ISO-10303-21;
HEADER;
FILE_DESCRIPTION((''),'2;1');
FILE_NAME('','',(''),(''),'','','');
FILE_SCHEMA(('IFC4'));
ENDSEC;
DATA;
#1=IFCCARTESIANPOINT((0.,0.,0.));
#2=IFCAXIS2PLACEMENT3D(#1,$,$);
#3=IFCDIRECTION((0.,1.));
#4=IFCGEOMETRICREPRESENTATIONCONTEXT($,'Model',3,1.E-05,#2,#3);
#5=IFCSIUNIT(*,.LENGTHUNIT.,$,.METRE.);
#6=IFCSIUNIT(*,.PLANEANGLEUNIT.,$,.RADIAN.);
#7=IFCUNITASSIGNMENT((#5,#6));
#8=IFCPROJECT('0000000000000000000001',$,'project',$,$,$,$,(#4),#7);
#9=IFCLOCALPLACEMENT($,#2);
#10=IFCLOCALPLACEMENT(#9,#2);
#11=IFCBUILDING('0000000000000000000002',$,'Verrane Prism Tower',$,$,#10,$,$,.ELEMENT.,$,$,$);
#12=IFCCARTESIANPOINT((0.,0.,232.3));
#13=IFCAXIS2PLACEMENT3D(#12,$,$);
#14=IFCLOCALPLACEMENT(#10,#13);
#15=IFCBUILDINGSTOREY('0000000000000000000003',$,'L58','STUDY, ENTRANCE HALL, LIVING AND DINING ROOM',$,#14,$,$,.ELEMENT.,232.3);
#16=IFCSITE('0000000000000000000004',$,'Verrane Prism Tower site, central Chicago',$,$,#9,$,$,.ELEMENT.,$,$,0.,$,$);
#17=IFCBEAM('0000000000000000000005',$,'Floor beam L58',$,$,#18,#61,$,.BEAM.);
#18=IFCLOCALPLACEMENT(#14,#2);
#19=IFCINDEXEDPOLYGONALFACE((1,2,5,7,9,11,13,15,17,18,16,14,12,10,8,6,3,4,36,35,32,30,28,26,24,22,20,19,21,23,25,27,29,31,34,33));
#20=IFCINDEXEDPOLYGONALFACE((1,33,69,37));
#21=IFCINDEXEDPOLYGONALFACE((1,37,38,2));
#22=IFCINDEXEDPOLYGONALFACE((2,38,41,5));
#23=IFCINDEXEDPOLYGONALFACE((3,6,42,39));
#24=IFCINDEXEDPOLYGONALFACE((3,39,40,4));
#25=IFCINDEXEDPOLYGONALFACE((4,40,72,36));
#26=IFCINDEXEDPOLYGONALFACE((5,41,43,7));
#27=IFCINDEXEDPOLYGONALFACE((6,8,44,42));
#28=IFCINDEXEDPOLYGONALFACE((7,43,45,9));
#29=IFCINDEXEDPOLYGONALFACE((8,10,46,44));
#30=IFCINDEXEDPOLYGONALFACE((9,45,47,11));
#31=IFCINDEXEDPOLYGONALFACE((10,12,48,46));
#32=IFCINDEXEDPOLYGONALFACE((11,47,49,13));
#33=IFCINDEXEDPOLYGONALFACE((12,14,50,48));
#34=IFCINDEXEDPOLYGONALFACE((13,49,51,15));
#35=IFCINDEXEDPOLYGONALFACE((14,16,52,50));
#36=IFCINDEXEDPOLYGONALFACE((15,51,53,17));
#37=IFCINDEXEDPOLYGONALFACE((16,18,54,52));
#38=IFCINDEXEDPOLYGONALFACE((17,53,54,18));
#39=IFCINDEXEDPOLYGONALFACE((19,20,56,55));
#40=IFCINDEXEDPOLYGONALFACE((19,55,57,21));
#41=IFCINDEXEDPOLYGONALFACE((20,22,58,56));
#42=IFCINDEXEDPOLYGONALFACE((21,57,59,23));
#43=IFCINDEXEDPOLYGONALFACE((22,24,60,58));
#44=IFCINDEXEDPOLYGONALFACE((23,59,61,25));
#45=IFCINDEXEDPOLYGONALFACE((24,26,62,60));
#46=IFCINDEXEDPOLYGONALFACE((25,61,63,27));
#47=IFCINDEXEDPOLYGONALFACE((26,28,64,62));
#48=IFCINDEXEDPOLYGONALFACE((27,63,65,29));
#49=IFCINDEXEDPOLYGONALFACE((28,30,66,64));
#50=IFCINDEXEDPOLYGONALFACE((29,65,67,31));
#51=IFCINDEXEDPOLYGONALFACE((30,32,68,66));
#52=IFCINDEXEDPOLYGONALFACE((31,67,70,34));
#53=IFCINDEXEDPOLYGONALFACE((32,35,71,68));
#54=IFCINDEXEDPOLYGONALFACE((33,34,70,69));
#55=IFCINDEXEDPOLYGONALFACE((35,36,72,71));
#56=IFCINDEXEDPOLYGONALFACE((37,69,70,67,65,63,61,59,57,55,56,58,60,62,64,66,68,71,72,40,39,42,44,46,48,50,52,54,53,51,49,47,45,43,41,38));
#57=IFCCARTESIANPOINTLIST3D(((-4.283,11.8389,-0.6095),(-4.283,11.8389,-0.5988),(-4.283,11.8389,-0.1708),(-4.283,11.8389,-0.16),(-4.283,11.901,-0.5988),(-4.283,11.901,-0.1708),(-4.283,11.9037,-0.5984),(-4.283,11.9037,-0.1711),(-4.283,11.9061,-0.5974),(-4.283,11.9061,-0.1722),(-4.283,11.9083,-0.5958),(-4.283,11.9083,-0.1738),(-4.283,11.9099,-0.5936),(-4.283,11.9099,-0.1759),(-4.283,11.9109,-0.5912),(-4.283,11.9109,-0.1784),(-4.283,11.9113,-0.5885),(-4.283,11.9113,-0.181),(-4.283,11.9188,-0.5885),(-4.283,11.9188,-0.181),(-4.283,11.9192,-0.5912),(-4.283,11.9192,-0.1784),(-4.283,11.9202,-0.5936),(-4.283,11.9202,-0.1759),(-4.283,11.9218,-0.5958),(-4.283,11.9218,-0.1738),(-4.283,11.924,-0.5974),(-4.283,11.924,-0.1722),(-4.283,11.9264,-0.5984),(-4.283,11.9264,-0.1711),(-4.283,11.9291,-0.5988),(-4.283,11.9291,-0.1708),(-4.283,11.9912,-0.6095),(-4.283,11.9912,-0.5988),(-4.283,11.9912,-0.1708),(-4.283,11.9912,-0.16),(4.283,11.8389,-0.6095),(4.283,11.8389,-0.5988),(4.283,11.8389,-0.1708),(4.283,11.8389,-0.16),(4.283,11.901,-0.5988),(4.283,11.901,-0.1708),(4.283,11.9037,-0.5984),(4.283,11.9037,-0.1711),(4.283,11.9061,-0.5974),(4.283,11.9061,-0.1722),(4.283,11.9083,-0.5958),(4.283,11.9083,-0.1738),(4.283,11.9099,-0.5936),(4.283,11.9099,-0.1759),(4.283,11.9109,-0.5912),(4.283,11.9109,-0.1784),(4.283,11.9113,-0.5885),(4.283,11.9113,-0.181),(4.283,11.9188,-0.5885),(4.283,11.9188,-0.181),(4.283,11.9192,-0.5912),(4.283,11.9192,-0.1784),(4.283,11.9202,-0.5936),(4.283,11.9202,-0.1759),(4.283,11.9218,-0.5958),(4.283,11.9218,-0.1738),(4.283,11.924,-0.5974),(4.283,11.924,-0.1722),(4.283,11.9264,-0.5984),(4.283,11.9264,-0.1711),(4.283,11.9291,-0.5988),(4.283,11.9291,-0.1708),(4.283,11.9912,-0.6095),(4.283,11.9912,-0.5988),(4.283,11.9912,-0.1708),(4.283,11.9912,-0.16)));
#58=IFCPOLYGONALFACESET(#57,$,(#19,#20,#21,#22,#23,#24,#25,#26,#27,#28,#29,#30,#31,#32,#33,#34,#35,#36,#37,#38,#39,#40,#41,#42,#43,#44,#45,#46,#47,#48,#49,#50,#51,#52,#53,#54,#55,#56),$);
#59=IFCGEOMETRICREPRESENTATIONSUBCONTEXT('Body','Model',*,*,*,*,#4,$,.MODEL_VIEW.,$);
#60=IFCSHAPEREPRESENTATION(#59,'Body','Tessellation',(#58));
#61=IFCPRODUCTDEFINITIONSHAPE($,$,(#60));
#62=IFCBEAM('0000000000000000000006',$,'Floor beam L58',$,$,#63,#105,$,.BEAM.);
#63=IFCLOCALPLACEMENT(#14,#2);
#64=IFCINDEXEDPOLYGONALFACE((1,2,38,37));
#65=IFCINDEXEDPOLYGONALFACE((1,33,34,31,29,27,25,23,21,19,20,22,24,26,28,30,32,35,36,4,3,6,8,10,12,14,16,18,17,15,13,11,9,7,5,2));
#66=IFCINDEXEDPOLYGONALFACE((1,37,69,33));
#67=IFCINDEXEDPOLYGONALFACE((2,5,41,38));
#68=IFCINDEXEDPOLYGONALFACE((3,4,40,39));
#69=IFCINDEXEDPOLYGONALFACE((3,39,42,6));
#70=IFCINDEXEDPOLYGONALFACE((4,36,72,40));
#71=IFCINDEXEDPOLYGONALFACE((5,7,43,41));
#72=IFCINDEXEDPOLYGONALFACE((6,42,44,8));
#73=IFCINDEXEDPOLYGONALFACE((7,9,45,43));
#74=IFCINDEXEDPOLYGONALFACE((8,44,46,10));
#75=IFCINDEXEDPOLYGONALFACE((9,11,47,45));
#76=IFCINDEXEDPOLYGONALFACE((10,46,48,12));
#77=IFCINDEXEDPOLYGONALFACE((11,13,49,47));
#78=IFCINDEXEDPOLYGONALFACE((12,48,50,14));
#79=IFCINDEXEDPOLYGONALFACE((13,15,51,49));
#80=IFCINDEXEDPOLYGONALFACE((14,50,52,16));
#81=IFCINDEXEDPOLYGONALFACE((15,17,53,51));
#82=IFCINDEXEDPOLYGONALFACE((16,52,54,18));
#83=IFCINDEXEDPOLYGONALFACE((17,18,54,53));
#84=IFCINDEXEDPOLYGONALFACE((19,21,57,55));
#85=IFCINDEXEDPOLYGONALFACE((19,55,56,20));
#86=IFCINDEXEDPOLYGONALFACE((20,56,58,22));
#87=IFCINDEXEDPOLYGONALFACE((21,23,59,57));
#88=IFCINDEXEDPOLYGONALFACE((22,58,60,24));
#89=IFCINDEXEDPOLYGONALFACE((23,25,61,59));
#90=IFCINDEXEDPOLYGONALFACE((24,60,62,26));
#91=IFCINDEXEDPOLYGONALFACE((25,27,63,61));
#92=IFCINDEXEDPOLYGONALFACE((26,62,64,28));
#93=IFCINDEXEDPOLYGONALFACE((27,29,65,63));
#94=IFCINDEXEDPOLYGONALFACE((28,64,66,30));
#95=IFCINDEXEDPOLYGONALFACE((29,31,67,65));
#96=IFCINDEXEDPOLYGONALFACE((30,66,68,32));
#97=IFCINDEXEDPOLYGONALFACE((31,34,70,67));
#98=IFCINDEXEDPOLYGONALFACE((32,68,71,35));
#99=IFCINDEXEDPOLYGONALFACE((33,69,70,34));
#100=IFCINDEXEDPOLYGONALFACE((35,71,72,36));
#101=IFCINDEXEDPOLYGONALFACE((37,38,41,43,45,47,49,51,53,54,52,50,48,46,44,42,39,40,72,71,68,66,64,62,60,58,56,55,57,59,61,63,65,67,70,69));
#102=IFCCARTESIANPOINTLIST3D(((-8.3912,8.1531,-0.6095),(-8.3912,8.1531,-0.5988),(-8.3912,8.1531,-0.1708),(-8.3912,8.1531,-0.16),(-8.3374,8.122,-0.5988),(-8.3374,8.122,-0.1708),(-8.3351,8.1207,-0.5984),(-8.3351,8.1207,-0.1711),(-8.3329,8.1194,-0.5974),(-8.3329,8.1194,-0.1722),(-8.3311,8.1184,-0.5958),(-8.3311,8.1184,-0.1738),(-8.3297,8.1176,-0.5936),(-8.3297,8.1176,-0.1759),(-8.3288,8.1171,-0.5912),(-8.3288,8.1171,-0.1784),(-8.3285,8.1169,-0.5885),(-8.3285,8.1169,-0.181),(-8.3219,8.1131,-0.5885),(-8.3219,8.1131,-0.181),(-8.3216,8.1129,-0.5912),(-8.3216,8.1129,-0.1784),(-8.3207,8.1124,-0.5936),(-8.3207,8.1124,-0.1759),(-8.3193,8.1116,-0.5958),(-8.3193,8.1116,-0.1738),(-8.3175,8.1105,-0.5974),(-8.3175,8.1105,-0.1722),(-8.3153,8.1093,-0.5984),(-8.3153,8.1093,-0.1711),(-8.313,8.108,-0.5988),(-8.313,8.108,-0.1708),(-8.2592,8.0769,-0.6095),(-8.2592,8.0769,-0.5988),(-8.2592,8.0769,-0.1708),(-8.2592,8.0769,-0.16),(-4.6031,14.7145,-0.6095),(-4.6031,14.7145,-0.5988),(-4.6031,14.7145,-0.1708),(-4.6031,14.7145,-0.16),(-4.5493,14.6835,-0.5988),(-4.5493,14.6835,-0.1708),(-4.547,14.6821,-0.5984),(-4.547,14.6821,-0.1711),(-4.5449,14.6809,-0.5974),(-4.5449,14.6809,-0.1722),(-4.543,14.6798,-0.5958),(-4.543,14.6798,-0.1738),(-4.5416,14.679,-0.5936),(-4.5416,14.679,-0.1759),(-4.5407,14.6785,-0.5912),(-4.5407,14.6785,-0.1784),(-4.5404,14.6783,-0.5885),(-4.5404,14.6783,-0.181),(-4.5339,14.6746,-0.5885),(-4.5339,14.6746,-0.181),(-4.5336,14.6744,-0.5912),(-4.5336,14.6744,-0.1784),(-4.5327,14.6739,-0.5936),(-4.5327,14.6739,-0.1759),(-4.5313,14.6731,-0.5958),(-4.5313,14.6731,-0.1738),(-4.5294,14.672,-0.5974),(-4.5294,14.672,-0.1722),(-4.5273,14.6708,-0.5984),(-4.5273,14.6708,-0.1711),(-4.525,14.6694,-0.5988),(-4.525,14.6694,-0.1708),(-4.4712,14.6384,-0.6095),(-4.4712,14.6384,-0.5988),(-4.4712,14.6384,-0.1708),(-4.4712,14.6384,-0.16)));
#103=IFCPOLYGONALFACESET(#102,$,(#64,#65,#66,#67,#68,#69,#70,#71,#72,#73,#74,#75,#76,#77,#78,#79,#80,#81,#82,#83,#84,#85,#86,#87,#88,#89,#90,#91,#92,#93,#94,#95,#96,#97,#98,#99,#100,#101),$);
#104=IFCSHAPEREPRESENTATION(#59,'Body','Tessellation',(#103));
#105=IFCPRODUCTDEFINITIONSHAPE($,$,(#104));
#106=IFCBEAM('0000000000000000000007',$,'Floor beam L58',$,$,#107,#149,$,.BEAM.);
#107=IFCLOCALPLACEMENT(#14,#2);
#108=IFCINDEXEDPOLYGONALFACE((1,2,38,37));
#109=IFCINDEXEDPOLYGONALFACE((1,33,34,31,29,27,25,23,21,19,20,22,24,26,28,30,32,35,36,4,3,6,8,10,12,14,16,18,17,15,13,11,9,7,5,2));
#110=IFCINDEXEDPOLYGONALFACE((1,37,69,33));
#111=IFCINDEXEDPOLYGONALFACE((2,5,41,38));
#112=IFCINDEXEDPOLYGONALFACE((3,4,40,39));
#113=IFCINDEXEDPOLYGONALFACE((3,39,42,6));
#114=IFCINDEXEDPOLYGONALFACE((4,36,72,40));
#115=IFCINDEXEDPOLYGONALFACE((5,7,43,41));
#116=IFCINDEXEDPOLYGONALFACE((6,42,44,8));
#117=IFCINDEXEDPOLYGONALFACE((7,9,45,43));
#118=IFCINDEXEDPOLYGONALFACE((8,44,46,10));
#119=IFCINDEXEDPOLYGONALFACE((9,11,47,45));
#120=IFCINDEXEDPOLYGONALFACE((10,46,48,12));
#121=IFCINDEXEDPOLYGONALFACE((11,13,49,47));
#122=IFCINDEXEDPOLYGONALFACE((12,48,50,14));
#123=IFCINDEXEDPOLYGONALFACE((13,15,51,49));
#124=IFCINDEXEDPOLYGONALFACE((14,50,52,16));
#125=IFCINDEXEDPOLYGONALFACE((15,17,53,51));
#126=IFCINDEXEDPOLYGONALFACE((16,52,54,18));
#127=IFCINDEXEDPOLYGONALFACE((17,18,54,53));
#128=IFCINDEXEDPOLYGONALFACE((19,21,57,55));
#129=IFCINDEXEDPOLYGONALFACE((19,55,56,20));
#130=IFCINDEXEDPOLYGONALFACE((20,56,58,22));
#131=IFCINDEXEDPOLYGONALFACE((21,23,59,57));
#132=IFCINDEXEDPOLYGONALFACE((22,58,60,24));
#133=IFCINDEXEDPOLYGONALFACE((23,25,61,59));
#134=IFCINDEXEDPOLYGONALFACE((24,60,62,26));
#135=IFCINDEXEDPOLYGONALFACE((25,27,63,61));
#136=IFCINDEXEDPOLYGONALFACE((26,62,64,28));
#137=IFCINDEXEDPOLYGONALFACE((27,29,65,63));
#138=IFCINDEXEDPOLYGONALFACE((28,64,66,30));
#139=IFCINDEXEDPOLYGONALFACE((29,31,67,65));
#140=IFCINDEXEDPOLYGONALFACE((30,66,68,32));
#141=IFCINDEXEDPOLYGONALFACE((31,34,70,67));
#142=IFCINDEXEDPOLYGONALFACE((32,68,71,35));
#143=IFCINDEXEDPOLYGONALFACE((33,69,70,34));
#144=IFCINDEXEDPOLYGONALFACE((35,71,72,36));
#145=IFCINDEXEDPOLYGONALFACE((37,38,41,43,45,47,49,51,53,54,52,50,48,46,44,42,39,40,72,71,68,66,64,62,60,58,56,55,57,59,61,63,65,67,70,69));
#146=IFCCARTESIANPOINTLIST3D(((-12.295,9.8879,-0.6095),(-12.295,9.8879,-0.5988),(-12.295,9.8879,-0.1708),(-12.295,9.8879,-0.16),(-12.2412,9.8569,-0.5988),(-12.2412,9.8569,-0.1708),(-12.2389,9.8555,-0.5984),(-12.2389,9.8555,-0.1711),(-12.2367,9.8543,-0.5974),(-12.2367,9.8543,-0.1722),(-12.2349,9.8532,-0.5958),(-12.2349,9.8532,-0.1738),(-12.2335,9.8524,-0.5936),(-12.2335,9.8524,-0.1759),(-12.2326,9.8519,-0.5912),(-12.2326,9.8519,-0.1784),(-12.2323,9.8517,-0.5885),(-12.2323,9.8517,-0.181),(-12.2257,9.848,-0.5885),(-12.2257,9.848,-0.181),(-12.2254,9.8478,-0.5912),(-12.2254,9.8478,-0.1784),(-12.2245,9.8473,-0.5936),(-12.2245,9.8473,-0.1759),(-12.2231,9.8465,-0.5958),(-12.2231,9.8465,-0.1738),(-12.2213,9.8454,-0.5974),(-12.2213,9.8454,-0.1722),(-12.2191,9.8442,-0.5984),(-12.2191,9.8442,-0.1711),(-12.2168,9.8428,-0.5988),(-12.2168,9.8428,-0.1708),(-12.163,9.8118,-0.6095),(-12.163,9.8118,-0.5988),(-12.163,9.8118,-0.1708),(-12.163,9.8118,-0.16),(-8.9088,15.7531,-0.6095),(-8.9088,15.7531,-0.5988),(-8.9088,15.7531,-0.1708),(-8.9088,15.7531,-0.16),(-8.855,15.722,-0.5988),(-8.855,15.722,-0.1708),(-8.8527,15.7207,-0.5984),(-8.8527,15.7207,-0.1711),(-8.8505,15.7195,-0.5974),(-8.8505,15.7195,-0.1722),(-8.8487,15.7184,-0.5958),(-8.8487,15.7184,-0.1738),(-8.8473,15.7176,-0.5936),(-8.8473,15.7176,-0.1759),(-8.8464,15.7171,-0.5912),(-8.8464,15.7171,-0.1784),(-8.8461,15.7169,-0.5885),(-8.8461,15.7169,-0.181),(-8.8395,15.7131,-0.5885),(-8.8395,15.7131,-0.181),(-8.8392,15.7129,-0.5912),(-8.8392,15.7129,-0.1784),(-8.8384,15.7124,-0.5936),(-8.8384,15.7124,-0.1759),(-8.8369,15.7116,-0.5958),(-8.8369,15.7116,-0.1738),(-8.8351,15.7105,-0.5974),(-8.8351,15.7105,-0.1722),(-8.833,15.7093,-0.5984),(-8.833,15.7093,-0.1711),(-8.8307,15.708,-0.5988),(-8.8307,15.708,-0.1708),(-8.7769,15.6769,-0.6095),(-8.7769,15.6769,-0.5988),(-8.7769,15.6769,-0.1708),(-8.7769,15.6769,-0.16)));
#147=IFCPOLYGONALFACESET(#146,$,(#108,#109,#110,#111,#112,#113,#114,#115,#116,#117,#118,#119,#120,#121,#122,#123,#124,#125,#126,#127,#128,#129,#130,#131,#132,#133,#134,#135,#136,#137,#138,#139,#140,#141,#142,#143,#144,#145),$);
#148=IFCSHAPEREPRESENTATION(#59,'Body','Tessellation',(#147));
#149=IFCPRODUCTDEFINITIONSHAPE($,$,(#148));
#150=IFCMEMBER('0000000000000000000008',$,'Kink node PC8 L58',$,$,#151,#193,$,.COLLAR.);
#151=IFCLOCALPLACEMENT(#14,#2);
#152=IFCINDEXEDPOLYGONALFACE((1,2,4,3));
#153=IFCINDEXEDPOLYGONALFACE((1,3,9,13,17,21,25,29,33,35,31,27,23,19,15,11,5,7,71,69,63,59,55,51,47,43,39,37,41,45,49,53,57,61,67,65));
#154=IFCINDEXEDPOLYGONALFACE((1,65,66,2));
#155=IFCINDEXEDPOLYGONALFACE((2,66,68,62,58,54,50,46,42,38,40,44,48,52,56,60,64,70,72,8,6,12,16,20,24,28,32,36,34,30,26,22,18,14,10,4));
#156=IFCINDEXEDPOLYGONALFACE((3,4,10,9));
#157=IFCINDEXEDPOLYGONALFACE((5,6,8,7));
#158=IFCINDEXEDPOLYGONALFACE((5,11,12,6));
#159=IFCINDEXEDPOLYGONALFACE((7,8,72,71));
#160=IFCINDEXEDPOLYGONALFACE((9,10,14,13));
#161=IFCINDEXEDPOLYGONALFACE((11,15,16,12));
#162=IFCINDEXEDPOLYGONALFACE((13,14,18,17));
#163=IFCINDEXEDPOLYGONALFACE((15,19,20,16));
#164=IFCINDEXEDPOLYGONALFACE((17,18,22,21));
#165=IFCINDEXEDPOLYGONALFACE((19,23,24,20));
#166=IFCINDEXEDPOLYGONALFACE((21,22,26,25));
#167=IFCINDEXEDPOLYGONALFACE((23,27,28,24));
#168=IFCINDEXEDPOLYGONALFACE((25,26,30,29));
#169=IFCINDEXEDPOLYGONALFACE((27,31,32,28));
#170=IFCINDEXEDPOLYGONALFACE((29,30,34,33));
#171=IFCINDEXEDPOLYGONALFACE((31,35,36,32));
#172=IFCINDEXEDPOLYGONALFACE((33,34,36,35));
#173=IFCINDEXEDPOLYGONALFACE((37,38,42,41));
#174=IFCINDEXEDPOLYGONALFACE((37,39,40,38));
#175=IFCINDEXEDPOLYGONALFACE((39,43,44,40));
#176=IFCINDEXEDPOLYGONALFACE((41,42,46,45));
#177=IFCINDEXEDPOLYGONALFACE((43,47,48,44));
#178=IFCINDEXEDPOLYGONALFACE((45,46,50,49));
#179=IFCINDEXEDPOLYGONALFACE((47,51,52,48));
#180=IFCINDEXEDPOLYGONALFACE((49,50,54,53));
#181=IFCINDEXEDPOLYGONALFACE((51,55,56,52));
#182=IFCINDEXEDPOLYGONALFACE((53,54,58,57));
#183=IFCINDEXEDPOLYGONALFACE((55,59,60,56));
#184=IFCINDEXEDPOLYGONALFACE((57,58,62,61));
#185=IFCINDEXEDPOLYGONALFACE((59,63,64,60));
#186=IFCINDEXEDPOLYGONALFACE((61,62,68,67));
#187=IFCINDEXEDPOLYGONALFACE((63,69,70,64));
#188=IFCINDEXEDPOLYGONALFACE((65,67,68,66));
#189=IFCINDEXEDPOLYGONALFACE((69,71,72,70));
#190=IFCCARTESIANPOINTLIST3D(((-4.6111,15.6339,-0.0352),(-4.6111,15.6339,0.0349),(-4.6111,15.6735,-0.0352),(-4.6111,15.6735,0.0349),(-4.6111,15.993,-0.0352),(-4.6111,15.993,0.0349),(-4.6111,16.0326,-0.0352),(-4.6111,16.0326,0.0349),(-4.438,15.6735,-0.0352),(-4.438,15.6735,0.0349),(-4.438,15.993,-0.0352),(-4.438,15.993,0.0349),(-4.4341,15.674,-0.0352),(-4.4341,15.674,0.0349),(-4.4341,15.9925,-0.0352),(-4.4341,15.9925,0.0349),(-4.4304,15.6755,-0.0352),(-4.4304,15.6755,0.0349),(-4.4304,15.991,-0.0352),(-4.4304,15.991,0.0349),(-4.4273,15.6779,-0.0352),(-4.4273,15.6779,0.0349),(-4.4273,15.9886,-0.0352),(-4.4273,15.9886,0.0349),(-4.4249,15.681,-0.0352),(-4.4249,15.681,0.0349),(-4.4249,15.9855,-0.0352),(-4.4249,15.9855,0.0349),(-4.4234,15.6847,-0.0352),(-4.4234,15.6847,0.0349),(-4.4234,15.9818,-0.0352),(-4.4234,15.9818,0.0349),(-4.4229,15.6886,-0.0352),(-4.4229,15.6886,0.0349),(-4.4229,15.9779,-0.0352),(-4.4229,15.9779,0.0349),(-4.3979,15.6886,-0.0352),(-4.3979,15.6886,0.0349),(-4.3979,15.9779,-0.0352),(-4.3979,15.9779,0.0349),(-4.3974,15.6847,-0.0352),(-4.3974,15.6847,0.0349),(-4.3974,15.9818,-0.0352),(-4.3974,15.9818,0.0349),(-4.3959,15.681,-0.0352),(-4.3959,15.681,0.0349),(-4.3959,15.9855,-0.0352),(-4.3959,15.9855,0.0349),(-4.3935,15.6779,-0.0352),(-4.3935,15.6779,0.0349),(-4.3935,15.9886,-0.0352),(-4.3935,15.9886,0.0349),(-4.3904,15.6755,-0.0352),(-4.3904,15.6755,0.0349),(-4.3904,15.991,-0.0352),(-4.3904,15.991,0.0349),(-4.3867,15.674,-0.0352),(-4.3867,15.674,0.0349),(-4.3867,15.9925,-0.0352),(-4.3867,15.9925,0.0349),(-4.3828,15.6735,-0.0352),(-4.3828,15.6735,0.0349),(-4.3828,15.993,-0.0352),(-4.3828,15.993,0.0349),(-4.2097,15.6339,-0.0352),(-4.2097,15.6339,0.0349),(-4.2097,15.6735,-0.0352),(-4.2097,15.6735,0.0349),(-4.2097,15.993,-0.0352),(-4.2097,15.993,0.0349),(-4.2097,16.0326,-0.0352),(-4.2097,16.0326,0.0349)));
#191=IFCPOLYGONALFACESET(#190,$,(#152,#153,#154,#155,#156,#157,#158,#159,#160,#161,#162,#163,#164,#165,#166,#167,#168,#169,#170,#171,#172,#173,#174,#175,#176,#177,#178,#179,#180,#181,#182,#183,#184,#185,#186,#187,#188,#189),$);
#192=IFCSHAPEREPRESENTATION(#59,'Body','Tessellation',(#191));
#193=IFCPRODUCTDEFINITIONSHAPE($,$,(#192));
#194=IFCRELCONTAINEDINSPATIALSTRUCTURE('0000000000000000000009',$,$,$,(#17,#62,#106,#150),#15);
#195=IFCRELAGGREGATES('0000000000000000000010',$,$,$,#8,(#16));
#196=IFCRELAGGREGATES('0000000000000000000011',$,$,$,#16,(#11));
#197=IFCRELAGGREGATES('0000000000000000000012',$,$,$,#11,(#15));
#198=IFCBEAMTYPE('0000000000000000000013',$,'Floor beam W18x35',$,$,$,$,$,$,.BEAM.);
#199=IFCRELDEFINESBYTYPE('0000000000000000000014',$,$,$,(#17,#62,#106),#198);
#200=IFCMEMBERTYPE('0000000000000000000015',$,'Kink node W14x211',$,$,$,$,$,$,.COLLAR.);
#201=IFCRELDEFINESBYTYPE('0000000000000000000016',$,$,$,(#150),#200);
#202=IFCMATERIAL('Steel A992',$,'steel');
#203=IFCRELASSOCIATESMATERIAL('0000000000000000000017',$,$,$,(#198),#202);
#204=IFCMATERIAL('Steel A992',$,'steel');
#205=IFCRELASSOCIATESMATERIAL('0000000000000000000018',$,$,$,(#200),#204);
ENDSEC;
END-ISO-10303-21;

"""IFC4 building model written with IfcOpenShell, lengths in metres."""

from ifc_helpers import new_model, si_unit, direction, frame, origin, origin_2d, place, context, subcontext, project, spatial, i_section, extrude, material, material_profile, profile_set, type_object, element, save


model = new_model("IFC4")

# Units and contexts
model_context = context("Model", 3, precision=1e-05, world=origin(), true_north=direction((0.0, 1.0)))
body_context = subcontext(model_context, "Body", "Model", "MODEL_VIEW")
ifc_project = project(units=[si_unit("LENGTHUNIT", "METRE"), si_unit("PLANEANGLEUNIT", "RADIAN")], contexts=[model_context])

# Site, building, storey
site_placement = place(None, origin())
site = spatial("IfcSite", under=ifc_project, at=site_placement, Name="Verrane Prism Tower site, central Chicago", CompositionType="ELEMENT", RefElevation=0.0)
building_placement = place(site_placement, origin())
building = spatial("IfcBuilding", under=site, at=building_placement, Name="Verrane Prism Tower", CompositionType="ELEMENT")
storey_placement = place(building_placement, frame((0.0, 0.0, 232.3)))
storey = spatial("IfcBuildingStorey", under=building, at=storey_placement, Name="L58", Description="STUDY, ENTRANCE HALL, LIVING AND DINING ROOM", CompositionType="ELEMENT", Elevation=232.3)

# Beams
ifc_material_1 = material(Name="Steel A992", Category="steel")
ifc_material_profile_1 = material_profile(ifc_material_1, i_section(OverallWidth=0.1523, OverallDepth=0.4495, WebThickness=0.0076, FlangeThickness=0.0107, FilletRadius=0.0103, at=origin_2d()), Name="W18x35")
ifc_profile_set_1 = profile_set([ifc_material_profile_1], Name="Steel A992")
beam_type_1 = type_object("IfcBeamType", Name="Floor beam W18x35", PredefinedType="BEAM", material=ifc_profile_set_1)
beam_1_placement = place(storey_placement, frame((-4.283, 11.915, -0.3848), z_axis=(1.0, 0.0, 0.0), x_axis=(0.0, 1.0, 0.0)))
element("IfcBeam", 1, at=beam_1_placement, inside=storey, type_object=beam_type_1, Name="Floor beam L58", PredefinedType="BEAM", context=body_context, shape_type="SweptSolid", body=[
    extrude(i_section(OverallWidth=0.1523, OverallDepth=0.4495, WebThickness=0.0076, FlangeThickness=0.0107, FilletRadius=0.0103, at=origin_2d()), origin(), (0.0, 0.0, 1.0), 8.5659),
])
beam_2_placement = place(storey_placement, frame((-8.3252, 8.115, -0.3848), z_axis=(0.499979, 0.866037, 0.0), x_axis=(-0.866037, 0.499979, 0.0)))
element("IfcBeam", 2, at=beam_2_placement, inside=storey, type_object=beam_type_1, Name="Floor beam L58", PredefinedType="BEAM", context=body_context, shape_type="SweptSolid", body=[
    extrude(i_section(OverallWidth=0.1523, OverallDepth=0.4495, WebThickness=0.0076, FlangeThickness=0.0107, FilletRadius=0.0103, at=origin_2d()), origin(), (0.0, 0.0, 1.0), 7.5764),
])
beam_3_placement = place(storey_placement, frame((-12.229, 9.8499, -0.3848), z_axis=(0.499993, 0.86603, 0.0), x_axis=(-0.86603, 0.499993, 0.0)))
element("IfcBeam", 3, at=beam_3_placement, inside=storey, type_object=beam_type_1, Name="Floor beam L58", PredefinedType="BEAM", context=body_context, shape_type="SweptSolid", body=[
    extrude(i_section(OverallWidth=0.1523, OverallDepth=0.4495, WebThickness=0.0076, FlangeThickness=0.0107, FilletRadius=0.0103, at=origin_2d()), origin(), (0.0, 0.0, 1.0), 6.7725),
])

# Member
ifc_material_2 = material(Name="Steel A992", Category="steel")
ifc_material_profile_2 = material_profile(ifc_material_2, i_section(OverallWidth=0.4014, OverallDepth=0.3987, WebThickness=0.0249, FlangeThickness=0.0396, FilletRadius=0.0151, at=origin_2d()), Name="W14x211")
ifc_profile_set_2 = profile_set([ifc_material_profile_2], Name="Steel A992")
member_type_1 = type_object("IfcMemberType", Name="Kink node W14x211", PredefinedType="COLLAR", material=ifc_profile_set_2)
member_1_placement = place(storey_placement, frame((-4.4104, 15.8333, -0.0352), z_axis=(0.0, 0.0, 1.0), x_axis=(1.0, 0.0, 0.0)))
element("IfcMember", 4, at=member_1_placement, inside=storey, type_object=member_type_1, Name="Kink node PC8 L58", PredefinedType="COLLAR", context=body_context, shape_type="SweptSolid", body=[
    extrude(i_section(OverallWidth=0.4014, OverallDepth=0.3987, WebThickness=0.0249, FlangeThickness=0.0396, FilletRadius=0.0151, at=origin_2d()), origin(), (0.0, 0.0, 1.0), 0.0701),
])

save(model, "model.ifc")
